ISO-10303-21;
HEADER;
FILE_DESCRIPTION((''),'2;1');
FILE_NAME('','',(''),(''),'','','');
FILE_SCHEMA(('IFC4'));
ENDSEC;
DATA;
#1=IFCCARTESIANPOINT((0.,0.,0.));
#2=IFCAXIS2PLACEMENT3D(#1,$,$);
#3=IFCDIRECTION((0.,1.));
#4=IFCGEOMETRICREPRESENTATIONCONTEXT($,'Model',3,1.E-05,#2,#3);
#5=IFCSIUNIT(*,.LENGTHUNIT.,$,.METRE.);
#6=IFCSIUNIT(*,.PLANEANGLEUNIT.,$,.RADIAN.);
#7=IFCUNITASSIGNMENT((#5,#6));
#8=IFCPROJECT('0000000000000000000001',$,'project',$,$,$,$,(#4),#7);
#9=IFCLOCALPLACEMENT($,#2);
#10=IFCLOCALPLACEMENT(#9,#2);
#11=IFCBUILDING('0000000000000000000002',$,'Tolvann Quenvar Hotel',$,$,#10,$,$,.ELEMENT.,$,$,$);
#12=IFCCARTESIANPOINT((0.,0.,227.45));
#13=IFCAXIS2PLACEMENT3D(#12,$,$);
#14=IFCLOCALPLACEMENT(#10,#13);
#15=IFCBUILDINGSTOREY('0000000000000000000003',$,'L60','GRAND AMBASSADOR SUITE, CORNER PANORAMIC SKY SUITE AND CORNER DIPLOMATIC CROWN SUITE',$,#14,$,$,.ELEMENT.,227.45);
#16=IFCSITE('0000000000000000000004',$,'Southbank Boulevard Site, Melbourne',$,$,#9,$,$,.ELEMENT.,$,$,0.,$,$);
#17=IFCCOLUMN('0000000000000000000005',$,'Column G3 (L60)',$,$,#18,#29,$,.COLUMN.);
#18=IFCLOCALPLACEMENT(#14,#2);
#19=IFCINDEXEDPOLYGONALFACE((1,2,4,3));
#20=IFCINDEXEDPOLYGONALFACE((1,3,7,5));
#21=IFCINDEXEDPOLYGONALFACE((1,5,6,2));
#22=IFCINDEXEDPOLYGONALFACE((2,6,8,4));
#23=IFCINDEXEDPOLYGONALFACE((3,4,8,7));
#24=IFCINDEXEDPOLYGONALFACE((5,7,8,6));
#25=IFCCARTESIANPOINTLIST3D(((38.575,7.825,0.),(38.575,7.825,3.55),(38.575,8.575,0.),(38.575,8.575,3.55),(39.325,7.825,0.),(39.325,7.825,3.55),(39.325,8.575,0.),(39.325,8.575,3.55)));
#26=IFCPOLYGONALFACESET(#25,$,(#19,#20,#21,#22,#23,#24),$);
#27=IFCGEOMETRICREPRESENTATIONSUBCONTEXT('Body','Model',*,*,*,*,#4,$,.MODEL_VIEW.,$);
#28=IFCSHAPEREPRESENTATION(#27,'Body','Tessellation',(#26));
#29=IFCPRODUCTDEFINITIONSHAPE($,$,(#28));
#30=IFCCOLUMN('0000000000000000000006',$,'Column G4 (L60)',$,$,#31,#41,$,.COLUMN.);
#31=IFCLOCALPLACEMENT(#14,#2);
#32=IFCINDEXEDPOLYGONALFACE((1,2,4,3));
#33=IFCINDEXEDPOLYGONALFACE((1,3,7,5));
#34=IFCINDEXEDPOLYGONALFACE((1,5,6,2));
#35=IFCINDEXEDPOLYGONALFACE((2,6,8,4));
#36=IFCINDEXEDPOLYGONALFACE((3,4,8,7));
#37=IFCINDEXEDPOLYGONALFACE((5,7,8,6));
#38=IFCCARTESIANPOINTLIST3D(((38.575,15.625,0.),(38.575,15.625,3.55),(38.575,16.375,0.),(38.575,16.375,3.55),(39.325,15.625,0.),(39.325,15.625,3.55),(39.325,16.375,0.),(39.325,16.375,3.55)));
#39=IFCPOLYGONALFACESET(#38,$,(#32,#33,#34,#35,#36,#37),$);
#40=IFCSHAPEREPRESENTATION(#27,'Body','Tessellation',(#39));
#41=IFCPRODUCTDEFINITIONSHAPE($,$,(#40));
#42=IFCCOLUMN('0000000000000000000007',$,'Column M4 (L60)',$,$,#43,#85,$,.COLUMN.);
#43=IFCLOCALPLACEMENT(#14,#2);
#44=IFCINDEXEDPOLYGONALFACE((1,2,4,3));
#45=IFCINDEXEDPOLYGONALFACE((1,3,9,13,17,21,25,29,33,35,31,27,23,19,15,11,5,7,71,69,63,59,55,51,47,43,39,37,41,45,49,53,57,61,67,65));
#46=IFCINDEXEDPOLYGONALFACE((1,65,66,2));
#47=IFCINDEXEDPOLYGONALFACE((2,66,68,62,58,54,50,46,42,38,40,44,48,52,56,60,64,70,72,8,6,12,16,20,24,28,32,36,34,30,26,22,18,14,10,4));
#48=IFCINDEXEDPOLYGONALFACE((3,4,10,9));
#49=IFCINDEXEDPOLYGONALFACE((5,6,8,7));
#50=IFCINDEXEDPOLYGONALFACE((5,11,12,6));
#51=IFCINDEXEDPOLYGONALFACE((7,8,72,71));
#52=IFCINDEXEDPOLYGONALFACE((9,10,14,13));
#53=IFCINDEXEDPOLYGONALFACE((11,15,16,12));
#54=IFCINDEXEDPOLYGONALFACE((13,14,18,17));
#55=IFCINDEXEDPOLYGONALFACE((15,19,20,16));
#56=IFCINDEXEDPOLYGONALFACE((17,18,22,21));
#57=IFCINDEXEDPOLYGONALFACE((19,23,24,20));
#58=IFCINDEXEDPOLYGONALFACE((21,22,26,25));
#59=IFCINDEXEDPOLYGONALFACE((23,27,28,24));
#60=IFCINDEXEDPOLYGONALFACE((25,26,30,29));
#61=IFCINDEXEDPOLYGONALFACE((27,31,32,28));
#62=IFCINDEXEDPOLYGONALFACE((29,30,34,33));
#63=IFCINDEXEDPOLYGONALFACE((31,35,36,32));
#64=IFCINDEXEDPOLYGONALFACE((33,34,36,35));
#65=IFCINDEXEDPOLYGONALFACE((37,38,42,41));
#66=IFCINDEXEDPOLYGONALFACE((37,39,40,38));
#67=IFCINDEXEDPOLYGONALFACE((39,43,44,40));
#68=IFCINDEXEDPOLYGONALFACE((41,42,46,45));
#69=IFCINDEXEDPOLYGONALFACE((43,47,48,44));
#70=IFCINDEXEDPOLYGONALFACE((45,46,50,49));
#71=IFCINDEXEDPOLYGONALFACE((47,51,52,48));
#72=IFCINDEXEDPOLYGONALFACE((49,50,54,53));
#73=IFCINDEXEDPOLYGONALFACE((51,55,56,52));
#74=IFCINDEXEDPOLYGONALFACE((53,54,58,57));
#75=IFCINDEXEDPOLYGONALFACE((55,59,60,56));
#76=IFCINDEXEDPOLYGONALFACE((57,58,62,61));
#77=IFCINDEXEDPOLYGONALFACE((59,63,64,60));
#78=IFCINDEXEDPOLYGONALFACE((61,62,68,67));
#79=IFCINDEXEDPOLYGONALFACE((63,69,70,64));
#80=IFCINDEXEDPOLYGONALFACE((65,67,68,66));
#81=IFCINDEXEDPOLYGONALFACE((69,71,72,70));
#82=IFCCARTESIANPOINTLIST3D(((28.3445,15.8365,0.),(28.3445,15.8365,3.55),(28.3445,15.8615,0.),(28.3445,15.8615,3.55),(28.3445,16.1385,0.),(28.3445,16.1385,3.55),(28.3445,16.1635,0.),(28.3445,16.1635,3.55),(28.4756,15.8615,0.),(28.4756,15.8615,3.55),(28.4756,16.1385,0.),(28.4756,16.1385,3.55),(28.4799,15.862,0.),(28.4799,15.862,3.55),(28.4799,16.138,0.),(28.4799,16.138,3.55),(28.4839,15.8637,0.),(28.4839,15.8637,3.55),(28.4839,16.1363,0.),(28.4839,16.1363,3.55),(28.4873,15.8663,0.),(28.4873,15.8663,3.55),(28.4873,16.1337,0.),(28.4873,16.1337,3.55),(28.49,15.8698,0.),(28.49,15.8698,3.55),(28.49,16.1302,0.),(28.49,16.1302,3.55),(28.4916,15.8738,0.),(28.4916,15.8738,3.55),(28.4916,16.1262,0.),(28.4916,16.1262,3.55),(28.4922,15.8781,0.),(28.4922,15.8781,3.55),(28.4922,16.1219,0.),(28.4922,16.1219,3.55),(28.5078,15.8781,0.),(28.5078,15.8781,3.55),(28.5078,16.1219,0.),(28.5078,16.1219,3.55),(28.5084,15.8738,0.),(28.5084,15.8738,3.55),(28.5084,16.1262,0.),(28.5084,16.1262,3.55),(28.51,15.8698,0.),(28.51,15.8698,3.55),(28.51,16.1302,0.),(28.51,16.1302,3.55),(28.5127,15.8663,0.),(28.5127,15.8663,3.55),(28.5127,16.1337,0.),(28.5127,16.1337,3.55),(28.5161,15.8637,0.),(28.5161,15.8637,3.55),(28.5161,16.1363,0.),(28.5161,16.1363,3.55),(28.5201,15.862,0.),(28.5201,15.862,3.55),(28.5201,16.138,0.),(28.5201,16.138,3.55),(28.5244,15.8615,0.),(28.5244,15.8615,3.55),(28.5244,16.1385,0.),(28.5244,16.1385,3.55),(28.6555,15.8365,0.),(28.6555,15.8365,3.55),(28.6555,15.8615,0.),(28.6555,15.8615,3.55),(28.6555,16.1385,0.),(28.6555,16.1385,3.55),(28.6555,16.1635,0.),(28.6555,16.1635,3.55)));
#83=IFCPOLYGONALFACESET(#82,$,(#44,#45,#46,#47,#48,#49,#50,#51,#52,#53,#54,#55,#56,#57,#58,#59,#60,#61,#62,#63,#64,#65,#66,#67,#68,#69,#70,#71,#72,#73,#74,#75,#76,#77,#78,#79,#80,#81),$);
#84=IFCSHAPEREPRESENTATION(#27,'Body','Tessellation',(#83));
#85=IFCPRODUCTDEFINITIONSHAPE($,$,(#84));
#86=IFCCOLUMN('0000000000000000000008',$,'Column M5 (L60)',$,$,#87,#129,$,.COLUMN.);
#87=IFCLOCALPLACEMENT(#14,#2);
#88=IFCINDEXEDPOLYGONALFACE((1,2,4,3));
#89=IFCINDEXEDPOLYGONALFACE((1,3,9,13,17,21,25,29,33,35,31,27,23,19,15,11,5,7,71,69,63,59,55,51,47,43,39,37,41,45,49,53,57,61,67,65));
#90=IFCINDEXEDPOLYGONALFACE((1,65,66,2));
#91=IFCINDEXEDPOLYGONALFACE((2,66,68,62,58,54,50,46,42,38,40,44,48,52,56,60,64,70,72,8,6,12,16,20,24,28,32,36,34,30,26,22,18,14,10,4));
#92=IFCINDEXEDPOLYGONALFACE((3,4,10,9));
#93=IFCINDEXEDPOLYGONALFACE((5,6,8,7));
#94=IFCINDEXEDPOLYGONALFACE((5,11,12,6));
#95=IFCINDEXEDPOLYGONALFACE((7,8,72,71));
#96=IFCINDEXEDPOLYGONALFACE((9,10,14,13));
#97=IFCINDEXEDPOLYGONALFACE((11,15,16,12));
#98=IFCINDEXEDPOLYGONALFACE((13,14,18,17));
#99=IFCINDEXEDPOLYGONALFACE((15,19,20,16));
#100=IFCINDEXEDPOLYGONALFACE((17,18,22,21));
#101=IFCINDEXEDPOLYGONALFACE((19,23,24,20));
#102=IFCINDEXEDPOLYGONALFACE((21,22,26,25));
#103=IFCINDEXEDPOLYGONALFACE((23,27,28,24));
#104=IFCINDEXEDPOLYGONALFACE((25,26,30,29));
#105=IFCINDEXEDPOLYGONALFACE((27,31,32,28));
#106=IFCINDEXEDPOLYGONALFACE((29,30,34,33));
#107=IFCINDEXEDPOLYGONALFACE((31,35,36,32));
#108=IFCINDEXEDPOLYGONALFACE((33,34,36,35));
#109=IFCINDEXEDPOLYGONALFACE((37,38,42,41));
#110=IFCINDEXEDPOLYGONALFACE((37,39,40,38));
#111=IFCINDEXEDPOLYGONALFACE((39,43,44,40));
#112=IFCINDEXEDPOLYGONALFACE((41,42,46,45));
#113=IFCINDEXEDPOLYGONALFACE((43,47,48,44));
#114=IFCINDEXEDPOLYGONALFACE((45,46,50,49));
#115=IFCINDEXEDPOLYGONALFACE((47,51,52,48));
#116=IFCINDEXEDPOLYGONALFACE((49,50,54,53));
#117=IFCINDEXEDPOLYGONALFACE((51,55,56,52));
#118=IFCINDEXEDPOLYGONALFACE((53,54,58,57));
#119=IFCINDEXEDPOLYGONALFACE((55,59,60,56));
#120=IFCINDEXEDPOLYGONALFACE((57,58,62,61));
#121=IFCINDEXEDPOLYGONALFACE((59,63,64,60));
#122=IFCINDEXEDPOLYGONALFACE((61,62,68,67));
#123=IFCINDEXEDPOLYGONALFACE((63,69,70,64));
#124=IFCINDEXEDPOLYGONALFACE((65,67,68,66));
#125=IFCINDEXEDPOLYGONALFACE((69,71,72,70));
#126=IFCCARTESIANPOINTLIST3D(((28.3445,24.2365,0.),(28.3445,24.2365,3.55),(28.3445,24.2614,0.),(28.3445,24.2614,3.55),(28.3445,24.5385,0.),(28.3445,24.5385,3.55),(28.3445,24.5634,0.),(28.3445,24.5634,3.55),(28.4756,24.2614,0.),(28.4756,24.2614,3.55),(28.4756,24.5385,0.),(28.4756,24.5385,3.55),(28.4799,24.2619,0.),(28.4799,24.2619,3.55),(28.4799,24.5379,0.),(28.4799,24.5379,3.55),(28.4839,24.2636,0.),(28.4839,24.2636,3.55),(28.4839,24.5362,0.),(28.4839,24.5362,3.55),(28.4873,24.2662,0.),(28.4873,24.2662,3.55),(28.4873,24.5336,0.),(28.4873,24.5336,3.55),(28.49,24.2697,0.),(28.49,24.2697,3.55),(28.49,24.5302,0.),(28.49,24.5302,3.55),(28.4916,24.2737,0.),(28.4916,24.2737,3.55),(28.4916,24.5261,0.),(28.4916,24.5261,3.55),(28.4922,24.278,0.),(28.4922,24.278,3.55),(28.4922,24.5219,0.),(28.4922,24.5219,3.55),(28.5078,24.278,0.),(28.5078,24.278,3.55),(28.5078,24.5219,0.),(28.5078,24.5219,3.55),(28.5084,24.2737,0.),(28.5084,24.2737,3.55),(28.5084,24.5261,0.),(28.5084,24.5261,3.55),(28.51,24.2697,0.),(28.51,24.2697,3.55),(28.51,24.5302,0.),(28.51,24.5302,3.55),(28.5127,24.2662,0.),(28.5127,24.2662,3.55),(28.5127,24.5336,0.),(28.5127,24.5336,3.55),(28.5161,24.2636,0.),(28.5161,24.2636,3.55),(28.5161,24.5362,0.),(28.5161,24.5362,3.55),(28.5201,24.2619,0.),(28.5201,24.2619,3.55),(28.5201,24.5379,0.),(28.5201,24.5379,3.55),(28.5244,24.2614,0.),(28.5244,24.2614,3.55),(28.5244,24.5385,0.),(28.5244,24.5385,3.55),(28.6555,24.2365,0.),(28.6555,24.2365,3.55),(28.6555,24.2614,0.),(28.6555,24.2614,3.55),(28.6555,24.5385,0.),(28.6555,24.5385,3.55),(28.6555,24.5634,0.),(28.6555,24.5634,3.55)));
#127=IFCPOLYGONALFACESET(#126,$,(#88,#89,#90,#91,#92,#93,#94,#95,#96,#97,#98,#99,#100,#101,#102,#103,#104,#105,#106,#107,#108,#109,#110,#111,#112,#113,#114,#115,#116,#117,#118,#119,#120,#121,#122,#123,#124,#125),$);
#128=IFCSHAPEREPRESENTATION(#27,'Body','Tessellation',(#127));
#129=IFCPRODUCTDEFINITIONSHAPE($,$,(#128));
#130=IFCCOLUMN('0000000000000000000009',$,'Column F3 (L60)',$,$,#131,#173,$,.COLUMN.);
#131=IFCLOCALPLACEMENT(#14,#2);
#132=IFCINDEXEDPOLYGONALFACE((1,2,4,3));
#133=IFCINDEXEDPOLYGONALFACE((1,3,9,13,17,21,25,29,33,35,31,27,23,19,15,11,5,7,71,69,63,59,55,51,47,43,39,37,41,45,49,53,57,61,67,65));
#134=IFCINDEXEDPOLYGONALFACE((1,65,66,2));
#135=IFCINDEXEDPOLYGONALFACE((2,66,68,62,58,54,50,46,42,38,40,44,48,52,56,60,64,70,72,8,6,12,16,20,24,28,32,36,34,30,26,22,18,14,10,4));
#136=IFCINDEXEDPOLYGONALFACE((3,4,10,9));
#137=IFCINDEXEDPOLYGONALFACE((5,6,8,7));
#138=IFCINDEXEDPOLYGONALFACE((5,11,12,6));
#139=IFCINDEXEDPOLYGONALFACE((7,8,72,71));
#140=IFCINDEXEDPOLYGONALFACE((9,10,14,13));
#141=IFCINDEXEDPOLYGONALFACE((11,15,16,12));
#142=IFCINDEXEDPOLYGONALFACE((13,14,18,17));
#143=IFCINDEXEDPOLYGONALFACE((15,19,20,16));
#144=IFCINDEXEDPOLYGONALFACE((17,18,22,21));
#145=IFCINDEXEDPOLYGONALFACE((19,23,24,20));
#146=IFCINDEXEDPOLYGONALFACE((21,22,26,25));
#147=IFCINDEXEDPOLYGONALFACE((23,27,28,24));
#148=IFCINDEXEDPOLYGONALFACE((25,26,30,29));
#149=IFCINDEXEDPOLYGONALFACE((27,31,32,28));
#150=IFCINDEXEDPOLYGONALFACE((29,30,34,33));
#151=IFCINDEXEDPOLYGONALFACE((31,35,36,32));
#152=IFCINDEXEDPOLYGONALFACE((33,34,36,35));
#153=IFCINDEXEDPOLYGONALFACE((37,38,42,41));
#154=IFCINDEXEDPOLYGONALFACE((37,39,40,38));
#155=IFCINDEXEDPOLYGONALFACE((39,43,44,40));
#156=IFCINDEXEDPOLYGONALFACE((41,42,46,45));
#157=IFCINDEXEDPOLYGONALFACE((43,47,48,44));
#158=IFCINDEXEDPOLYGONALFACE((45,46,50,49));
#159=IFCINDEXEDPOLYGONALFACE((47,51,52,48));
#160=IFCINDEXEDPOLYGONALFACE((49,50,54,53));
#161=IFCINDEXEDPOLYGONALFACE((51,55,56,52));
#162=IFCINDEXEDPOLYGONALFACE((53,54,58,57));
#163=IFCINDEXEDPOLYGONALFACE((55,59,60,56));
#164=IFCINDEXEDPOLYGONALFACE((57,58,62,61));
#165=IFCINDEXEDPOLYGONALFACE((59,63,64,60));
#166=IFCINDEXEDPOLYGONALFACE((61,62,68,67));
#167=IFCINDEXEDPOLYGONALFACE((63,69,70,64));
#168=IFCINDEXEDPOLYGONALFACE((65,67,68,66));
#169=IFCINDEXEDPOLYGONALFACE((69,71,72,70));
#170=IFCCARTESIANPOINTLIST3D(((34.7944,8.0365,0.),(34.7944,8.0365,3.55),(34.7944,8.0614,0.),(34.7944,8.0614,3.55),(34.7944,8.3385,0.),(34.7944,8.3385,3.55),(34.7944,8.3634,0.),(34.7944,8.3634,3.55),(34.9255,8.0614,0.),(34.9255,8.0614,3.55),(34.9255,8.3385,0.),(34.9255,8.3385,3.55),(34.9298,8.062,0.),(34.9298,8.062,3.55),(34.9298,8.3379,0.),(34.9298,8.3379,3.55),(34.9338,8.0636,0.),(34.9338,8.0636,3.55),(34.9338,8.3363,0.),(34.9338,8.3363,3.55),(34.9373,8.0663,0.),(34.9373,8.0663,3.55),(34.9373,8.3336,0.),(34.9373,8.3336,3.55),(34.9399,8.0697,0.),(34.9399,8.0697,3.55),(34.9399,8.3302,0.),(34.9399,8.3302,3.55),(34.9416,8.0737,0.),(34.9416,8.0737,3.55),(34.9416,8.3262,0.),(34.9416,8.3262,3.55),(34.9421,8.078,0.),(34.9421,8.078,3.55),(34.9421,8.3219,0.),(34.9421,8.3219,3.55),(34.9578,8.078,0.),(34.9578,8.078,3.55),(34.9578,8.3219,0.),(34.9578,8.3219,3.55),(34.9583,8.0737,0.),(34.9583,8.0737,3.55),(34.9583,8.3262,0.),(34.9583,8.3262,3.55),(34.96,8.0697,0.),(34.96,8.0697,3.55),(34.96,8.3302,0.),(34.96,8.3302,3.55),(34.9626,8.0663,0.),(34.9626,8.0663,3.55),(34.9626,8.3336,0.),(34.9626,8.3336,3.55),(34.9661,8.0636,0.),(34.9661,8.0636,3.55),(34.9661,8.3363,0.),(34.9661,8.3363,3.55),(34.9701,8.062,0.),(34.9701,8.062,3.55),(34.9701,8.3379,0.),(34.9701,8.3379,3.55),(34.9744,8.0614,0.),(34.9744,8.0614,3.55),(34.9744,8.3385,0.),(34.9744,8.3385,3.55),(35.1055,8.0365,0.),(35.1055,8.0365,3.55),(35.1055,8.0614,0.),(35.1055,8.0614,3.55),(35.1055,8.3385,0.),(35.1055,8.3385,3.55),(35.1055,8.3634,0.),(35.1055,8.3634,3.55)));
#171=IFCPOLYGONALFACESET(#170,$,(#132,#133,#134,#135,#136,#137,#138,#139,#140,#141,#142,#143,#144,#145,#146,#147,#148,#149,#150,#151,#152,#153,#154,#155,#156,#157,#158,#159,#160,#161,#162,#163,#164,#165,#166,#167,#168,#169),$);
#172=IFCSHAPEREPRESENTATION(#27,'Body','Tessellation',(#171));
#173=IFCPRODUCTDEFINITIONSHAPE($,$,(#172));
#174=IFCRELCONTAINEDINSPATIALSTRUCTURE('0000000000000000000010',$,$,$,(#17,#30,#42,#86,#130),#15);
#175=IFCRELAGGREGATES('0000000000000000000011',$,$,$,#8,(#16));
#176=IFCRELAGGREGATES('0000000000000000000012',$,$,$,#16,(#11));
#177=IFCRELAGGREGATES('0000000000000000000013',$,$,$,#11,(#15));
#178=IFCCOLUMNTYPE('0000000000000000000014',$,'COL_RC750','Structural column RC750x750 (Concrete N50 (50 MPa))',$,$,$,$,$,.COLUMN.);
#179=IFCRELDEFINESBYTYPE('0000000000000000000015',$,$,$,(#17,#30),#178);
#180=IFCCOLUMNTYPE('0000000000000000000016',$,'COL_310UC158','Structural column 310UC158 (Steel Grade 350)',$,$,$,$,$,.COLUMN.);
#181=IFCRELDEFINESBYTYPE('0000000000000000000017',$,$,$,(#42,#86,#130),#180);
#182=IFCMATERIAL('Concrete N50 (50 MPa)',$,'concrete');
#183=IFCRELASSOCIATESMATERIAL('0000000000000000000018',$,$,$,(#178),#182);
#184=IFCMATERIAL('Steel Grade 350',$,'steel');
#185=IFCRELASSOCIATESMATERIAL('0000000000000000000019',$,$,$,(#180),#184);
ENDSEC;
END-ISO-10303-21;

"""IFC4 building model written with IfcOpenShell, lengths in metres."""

from ifc_helpers import new_model, si_unit, direction, frame, origin, origin_2d, place, context, subcontext, project, spatial, rectangle, i_section, extrude, source, transform, mapped, material, material_profile, profile_set, type_object, type_shapes, element, save


model = new_model("IFC4")

# Units and contexts
model_context = context("Model", 3, precision=1e-05, world=origin(), true_north=direction((0.0, 1.0)))
body_context = subcontext(model_context, "Body", "Model", "MODEL_VIEW")
ifc_project = project(units=[si_unit("LENGTHUNIT", "METRE"), si_unit("PLANEANGLEUNIT", "RADIAN")], contexts=[model_context])

# Site, building, storey
site_placement = place(None, origin())
site = spatial("IfcSite", under=ifc_project, at=site_placement, Name="Southbank Boulevard Site, Melbourne", CompositionType="ELEMENT", RefElevation=0.0)
building_placement = place(site_placement, origin())
building = spatial("IfcBuilding", under=site, at=building_placement, Name="Tolvann Quenvar Hotel", CompositionType="ELEMENT")
storey_placement = place(building_placement, frame((0.0, 0.0, 227.45)))
storey = spatial("IfcBuildingStorey", under=building, at=storey_placement, Name="L60", Description="GRAND AMBASSADOR SUITE, CORNER PANORAMIC SKY SUITE AND CORNER DIPLOMATIC CROWN SUITE", CompositionType="ELEMENT", Elevation=227.45)

# Columns
ifc_material_1 = material(Name="Concrete N50 (50 MPa)", Category="concrete")
ifc_material_profile_1 = material_profile(ifc_material_1, rectangle(XDim=0.75, YDim=0.75, at=origin_2d()), Name="RC750x750")
ifc_profile_set_1 = profile_set([ifc_material_profile_1], Name="Concrete N50 (50 MPa)")
column_type_1 = type_object("IfcColumnType", Name="COL_RC750", Description="Structural column RC750x750 (Concrete N50 (50 MPa))", PredefinedType="COLUMN", material=ifc_profile_set_1)
shared_shape_1 = source(origin(), body_context, "Body", "SweptSolid", [
    extrude(rectangle(XDim=0.75, YDim=0.75, at=origin_2d()), origin(), (0.0, 0.0, 1.0), 3.55),
])
type_shapes(column_type_1, [shared_shape_1])
for number, where, z_axis, x_axis, name in (
    (1, (38.95, 8.2, 0.0), (0.0, 0.0, 1.0), (1.0, 0.0, 0.0), "Column G3 (L60)"),
    (2, (38.95, 16.0, 0.0), (0.0, 0.0, 1.0), (1.0, 0.0, 0.0), "Column G4 (L60)"),
):
    element("IfcColumn", number, at=place(storey_placement, frame(where, z_axis=z_axis, x_axis=x_axis)), inside=storey, type_object=column_type_1, Name=name, PredefinedType="COLUMN", context=body_context, shape_type="MappedRepresentation", body=[
        mapped(shared_shape_1, transform((0.0, 0.0, 0.0), x_axis=(1.0, 0.0, 0.0), y_axis=(0.0, 1.0, 0.0), z_axis=(0.0, 0.0, 1.0), scale=1.0)),
    ])
ifc_material_2 = material(Name="Steel Grade 350", Category="steel")
ifc_material_profile_2 = material_profile(ifc_material_2, i_section(OverallWidth=0.311, OverallDepth=0.3269, WebThickness=0.0156, FlangeThickness=0.0249, FilletRadius=0.0166, at=origin_2d()), Name="310UC158")
ifc_profile_set_2 = profile_set([ifc_material_profile_2], Name="Steel Grade 350")
column_type_2 = type_object("IfcColumnType", Name="COL_310UC158", Description="Structural column 310UC158 (Steel Grade 350)", PredefinedType="COLUMN", material=ifc_profile_set_2)
shared_shape_2 = source(origin(), body_context, "Body", "SweptSolid", [
    extrude(i_section(OverallWidth=0.311, OverallDepth=0.3269, WebThickness=0.0156, FlangeThickness=0.0249, FilletRadius=0.0166, at=origin_2d()), origin(), (0.0, 0.0, 1.0), 3.55),
])
type_shapes(column_type_2, [shared_shape_2])
for number, where, z_axis, x_axis, name in (
    (3, (28.5, 16.0, 0.0), (0.0, 0.0, 1.0), (1.0, 0.0, 0.0), "Column M4 (L60)"),
    (4, (28.5, 24.3999, 0.0), (0.0, 0.0, 1.0), (1.0, 0.0, 0.0), "Column M5 (L60)"),
    (5, (34.95, 8.2, 0.0), (0.0, 0.0, 1.0), (1.0, 0.0, 0.0), "Column F3 (L60)"),
):
    element("IfcColumn", number, at=place(storey_placement, frame(where, z_axis=z_axis, x_axis=x_axis)), inside=storey, type_object=column_type_2, Name=name, PredefinedType="COLUMN", context=body_context, shape_type="MappedRepresentation", body=[
        mapped(shared_shape_2, transform((0.0, 0.0, 0.0), x_axis=(1.0, 0.0, 0.0), y_axis=(0.0, 1.0, 0.0), z_axis=(0.0, 0.0, 1.0), scale=1.0)),
    ])

save(model, "model.ifc")
